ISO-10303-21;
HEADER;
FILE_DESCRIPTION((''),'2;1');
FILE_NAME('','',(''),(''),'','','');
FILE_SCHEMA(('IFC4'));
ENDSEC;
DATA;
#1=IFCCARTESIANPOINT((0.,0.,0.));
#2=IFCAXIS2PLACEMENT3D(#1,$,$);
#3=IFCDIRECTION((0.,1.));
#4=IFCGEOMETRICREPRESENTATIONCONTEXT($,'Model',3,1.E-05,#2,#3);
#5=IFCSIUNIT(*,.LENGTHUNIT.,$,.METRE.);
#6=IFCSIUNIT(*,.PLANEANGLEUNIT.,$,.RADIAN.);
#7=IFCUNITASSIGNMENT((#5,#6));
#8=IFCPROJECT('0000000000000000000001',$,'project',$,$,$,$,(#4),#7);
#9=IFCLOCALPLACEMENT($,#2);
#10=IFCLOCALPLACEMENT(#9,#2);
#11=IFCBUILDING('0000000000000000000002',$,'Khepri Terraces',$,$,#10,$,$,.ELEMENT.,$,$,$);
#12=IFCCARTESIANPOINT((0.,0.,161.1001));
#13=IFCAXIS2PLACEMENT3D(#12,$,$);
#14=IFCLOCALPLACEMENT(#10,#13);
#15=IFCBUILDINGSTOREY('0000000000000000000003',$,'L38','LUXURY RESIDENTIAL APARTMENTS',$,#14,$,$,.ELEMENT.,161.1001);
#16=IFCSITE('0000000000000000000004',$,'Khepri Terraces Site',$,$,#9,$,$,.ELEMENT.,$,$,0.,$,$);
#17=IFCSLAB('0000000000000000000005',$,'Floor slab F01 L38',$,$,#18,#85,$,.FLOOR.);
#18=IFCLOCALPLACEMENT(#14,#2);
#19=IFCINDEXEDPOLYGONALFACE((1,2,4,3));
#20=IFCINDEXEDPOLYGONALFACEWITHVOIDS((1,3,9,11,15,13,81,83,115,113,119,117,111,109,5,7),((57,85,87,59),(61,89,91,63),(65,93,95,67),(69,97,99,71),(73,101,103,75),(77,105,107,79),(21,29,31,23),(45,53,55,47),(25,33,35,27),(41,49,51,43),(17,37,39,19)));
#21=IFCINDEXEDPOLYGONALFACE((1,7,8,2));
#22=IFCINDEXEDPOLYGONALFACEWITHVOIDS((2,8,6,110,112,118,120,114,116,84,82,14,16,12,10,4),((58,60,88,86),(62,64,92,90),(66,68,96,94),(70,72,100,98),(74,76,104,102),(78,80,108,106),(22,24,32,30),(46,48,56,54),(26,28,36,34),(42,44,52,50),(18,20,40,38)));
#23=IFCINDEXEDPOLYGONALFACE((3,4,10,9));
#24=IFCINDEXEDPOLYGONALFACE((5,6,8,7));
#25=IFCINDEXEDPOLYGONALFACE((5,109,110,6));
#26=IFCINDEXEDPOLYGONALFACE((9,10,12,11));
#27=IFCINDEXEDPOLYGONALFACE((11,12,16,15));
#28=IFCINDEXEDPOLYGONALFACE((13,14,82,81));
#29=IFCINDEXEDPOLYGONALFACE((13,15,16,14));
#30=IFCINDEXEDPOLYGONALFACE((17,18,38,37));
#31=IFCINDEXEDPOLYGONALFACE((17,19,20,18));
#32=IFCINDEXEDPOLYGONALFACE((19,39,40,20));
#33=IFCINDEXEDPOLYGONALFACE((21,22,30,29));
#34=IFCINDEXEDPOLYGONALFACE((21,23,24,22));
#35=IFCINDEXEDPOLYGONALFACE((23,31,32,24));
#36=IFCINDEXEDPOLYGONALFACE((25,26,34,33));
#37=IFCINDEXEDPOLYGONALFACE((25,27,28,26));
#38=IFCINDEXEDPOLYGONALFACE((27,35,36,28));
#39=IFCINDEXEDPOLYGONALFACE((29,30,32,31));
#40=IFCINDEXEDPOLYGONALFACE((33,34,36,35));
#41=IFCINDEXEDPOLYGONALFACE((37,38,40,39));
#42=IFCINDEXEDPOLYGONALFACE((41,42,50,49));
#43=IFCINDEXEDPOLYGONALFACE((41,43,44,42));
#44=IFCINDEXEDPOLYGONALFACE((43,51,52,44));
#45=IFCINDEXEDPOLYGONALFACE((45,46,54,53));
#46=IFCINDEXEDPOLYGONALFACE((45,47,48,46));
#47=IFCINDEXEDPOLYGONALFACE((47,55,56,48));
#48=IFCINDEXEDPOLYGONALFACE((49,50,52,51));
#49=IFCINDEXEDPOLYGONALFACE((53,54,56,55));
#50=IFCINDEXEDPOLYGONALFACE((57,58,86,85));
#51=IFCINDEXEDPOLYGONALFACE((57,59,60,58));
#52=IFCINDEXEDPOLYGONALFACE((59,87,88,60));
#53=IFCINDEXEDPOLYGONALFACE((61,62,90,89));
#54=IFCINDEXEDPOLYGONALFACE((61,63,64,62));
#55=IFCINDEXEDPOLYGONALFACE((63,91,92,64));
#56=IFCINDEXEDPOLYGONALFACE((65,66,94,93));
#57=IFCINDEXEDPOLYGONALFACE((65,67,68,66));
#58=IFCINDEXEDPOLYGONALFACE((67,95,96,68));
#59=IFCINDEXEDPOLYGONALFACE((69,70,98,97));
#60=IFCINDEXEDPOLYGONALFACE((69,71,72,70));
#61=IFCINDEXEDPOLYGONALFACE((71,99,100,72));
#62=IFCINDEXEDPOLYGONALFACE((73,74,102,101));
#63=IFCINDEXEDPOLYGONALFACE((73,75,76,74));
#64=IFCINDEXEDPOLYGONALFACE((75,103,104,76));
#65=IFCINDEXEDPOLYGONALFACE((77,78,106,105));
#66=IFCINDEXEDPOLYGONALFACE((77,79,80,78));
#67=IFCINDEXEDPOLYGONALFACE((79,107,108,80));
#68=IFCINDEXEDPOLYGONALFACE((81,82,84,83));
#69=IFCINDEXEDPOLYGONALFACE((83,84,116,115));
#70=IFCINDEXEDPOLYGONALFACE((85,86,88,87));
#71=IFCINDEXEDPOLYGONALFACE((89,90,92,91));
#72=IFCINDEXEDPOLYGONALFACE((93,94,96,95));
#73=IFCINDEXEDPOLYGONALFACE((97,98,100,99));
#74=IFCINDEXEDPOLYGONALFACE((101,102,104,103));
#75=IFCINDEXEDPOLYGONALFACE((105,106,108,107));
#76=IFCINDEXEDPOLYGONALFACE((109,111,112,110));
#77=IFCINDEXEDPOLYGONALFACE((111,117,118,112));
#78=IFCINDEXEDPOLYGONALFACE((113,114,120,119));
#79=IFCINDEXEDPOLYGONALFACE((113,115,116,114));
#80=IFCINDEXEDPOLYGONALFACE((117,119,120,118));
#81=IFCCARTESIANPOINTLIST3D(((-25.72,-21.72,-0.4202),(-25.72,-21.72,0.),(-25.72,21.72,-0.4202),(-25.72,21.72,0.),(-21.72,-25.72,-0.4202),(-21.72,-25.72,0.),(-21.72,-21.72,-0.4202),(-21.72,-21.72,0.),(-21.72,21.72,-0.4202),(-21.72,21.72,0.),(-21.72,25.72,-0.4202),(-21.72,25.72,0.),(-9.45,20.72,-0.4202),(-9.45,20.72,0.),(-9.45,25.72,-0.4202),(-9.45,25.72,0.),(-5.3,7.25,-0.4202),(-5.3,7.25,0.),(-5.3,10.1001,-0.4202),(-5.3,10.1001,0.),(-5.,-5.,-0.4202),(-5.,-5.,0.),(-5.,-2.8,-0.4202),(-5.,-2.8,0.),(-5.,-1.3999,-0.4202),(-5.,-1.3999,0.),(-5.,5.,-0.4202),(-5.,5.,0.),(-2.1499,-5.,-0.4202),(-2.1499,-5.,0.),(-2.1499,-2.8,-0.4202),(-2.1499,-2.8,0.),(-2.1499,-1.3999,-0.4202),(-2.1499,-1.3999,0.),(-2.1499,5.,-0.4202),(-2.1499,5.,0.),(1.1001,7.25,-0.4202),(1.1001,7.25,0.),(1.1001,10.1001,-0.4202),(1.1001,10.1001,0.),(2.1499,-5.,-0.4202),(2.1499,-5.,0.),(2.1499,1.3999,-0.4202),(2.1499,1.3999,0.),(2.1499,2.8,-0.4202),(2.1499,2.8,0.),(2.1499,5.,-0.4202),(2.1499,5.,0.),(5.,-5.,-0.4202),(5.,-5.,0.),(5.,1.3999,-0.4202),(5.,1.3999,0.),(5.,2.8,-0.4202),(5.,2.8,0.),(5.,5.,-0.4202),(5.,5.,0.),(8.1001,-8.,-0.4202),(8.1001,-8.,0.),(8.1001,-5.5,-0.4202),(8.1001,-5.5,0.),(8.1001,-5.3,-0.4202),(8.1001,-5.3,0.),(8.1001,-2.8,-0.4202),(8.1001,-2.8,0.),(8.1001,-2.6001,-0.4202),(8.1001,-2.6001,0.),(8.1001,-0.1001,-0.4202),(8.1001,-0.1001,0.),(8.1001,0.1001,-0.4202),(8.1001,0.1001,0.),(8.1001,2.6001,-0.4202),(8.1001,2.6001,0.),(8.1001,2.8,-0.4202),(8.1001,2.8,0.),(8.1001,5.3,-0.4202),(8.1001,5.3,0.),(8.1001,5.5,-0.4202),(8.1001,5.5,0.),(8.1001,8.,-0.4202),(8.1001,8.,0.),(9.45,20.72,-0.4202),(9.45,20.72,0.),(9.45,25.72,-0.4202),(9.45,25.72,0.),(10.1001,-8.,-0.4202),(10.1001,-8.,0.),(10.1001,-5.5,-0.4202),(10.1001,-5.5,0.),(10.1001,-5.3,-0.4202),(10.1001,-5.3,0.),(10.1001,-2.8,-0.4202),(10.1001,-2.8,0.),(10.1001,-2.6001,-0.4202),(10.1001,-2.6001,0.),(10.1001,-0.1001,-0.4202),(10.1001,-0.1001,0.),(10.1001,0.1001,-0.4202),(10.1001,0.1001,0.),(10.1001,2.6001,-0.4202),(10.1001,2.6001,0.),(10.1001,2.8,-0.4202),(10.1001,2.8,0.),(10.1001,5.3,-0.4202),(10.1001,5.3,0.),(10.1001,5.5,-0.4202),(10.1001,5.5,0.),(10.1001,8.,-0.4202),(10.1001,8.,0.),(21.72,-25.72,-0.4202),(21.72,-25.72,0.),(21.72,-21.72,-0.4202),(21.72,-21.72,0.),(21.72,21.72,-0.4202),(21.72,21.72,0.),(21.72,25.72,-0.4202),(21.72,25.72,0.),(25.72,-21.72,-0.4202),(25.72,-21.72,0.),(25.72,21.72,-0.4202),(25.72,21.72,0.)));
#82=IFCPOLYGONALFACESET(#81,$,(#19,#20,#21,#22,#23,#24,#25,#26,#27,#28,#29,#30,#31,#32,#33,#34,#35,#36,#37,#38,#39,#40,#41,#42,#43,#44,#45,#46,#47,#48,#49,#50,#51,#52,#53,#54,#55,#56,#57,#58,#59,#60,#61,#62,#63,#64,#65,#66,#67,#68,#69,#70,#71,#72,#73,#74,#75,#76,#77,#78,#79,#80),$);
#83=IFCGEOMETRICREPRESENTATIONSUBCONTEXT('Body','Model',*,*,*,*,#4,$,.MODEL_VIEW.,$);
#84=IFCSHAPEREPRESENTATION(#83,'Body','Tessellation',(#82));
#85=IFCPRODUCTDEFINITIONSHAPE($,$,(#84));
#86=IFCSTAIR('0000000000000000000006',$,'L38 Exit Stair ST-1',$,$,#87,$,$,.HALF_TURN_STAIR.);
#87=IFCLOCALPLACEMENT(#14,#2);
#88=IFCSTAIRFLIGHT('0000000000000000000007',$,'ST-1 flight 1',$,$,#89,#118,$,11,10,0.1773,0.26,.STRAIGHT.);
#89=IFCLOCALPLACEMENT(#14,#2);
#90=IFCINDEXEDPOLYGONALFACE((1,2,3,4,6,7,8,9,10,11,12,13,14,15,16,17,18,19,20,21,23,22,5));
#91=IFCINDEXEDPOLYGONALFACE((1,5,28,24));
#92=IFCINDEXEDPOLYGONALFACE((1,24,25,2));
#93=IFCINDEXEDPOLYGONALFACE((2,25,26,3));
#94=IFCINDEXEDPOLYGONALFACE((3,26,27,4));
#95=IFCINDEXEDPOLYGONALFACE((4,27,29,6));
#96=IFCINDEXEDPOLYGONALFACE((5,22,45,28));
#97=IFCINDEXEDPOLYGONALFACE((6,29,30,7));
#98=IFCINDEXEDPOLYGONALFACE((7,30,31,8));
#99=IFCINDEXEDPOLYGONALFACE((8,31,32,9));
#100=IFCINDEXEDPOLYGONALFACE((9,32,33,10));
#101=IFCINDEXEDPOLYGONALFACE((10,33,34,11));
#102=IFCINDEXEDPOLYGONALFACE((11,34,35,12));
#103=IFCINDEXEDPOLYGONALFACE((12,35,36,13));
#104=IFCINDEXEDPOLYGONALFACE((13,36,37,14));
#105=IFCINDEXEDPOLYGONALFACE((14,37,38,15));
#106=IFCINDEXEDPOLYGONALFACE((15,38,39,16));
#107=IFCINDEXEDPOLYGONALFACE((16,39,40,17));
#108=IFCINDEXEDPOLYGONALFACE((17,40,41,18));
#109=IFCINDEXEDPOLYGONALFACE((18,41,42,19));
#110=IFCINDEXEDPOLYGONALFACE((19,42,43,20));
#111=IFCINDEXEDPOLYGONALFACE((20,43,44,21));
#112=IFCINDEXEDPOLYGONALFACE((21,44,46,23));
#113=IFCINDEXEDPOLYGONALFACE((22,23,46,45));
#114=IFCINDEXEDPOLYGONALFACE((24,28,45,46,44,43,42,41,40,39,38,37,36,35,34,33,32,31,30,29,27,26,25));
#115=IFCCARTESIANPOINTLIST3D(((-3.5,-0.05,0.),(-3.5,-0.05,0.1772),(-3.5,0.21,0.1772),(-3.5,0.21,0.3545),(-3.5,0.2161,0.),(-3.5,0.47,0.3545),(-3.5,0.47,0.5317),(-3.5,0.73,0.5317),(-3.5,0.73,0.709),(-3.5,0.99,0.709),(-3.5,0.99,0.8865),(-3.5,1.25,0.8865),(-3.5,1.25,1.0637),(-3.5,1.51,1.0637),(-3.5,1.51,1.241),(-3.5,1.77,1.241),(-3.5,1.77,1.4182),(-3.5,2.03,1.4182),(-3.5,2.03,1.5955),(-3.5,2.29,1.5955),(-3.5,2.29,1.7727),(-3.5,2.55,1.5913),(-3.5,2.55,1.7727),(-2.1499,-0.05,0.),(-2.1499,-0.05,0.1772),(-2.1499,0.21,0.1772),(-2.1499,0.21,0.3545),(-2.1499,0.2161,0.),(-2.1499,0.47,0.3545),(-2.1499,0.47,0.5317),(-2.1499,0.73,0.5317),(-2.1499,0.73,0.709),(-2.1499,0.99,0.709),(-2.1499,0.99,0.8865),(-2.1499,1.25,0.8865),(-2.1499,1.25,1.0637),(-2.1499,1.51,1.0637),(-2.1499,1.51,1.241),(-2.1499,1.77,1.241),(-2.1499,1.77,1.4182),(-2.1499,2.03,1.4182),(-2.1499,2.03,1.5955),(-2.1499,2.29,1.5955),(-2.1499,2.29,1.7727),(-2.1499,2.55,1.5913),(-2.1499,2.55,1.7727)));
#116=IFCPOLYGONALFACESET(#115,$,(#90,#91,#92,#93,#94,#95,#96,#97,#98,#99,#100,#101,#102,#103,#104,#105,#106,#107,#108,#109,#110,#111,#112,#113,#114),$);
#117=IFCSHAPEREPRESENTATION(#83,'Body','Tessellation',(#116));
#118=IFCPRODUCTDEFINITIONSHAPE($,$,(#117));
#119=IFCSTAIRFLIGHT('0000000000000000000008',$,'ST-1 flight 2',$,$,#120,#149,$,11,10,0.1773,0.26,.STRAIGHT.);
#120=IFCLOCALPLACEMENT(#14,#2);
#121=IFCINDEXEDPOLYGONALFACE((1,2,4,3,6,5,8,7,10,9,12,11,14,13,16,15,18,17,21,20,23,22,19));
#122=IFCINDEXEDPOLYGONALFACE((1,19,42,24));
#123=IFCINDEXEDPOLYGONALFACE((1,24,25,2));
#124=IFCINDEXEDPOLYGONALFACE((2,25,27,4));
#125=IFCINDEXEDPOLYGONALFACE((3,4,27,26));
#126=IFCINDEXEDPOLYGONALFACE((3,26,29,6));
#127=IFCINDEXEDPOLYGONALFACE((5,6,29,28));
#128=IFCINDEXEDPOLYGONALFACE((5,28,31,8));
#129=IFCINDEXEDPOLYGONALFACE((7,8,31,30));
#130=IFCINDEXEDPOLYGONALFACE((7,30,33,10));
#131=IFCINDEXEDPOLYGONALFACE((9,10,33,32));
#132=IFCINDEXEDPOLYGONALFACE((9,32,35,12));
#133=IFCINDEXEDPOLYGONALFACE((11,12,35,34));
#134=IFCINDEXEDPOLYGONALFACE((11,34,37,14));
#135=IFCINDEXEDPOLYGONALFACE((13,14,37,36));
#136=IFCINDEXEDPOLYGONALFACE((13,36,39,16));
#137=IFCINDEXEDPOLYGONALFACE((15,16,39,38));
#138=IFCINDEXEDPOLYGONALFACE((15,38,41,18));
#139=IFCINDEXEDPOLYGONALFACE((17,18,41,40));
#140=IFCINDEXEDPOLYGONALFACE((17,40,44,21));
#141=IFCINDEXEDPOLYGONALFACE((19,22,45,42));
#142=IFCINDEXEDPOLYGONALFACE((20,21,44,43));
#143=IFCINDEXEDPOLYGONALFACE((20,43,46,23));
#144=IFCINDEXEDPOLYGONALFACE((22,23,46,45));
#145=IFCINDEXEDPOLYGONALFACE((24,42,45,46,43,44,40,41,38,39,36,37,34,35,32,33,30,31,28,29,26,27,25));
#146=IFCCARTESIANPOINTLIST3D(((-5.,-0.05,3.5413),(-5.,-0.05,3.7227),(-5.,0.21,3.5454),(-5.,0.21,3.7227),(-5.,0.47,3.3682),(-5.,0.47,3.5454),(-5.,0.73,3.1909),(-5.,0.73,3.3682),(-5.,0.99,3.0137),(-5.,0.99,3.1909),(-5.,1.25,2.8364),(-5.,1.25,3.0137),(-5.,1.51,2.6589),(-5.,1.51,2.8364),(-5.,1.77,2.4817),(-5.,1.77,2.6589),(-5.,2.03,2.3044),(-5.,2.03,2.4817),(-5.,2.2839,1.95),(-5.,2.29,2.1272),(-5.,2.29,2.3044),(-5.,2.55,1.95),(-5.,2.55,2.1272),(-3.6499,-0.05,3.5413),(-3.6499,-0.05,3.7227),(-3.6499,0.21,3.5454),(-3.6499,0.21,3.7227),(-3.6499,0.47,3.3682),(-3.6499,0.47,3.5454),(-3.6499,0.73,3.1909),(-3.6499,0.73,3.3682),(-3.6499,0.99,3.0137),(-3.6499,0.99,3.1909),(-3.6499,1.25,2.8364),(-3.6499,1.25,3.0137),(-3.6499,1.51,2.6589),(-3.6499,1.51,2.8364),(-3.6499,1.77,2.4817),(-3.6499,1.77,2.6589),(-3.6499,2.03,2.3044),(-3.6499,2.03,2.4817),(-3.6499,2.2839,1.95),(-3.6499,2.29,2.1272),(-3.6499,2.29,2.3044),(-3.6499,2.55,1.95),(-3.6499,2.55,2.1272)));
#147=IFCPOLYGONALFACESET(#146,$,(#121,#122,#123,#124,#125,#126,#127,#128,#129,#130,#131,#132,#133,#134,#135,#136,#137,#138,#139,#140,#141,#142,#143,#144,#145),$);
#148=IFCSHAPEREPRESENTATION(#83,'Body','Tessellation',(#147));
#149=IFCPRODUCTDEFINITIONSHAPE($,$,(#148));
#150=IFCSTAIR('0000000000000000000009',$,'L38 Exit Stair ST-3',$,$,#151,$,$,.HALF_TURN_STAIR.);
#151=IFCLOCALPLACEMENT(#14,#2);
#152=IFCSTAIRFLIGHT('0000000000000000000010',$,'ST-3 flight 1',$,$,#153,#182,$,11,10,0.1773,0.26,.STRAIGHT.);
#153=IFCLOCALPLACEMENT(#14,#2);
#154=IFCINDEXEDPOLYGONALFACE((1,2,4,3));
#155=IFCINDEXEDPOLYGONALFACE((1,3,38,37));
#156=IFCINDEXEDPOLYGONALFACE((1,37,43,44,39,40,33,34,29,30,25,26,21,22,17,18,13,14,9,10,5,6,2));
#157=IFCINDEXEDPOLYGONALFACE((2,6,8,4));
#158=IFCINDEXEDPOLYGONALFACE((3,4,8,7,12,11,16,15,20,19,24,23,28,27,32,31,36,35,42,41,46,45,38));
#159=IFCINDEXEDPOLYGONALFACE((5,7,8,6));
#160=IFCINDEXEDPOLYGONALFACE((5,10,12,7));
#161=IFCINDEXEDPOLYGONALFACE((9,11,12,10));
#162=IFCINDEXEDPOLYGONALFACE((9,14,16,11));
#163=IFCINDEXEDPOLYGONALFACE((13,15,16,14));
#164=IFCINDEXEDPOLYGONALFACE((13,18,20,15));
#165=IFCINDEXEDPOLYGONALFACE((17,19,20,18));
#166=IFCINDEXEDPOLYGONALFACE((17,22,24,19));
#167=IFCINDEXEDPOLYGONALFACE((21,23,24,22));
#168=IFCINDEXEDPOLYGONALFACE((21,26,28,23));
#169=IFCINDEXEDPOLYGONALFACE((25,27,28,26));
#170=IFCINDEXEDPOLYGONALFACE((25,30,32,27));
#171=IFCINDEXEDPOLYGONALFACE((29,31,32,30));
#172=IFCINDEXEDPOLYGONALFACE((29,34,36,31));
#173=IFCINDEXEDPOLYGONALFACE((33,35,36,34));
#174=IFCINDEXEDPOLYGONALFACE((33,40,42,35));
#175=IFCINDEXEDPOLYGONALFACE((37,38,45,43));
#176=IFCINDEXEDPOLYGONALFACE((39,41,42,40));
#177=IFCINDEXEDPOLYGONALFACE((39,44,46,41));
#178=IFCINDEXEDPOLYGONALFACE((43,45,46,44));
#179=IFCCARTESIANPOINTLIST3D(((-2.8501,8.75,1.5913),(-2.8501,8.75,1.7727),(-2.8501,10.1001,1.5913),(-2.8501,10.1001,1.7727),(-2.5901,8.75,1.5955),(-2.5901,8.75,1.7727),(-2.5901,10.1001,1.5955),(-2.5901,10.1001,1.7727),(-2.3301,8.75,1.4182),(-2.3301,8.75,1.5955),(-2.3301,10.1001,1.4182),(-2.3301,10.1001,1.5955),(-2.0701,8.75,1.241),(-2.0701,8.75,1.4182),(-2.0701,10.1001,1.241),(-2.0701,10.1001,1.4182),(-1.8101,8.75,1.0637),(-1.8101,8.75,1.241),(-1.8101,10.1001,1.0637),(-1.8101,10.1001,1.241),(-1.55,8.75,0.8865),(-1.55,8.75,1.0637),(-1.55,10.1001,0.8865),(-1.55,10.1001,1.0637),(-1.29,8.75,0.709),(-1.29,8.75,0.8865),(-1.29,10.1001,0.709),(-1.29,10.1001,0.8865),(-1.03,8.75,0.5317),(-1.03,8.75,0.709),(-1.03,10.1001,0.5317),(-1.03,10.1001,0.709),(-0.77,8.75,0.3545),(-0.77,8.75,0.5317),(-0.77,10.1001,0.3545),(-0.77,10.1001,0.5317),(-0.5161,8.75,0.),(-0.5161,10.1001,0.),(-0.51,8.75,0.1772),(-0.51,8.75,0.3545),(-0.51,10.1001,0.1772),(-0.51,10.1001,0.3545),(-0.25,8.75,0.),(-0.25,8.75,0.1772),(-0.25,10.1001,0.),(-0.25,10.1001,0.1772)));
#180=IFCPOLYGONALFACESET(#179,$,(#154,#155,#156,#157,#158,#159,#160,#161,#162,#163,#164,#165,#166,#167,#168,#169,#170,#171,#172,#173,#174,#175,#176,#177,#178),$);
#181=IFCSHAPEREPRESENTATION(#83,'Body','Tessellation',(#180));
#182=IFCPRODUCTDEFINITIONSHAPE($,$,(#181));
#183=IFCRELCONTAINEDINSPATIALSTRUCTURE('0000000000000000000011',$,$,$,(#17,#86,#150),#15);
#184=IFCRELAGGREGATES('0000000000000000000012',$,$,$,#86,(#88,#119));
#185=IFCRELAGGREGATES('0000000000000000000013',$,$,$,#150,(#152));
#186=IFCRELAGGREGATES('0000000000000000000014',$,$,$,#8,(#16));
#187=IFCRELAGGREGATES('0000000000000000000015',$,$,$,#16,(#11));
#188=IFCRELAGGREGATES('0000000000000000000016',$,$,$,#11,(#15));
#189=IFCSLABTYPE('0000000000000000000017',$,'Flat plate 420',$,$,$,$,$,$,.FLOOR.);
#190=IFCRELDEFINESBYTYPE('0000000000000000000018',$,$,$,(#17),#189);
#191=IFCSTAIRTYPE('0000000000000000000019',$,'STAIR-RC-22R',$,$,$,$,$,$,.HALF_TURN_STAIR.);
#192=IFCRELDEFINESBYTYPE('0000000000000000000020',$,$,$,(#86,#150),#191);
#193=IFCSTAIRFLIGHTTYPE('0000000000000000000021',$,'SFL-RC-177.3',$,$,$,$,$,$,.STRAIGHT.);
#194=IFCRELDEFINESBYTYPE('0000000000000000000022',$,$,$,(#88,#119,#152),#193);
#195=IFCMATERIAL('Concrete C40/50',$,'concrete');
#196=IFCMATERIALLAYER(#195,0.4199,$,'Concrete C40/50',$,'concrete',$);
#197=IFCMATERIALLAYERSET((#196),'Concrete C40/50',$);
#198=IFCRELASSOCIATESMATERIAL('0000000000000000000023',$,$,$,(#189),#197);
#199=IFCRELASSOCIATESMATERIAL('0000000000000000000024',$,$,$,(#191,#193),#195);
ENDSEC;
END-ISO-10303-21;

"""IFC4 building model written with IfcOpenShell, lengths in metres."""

from ifc_helpers import new_model, si_unit, direction, frame, origin, place, context, subcontext, project, spatial, polyline, outline, extrude, material, layer, layer_set, type_object, element, aggregate, save


model = new_model("IFC4")

# Units and contexts
model_context = context("Model", 3, precision=1e-05, world=origin(), true_north=direction((0.0, 1.0)))
body_context = subcontext(model_context, "Body", "Model", "MODEL_VIEW")
ifc_project = project(units=[si_unit("LENGTHUNIT", "METRE"), si_unit("PLANEANGLEUNIT", "RADIAN")], contexts=[model_context])

# Site, building, storey
site_placement = place(None, origin())
site = spatial("IfcSite", under=ifc_project, at=site_placement, Name="Khepri Terraces Site", CompositionType="ELEMENT", RefElevation=0.0)
building_placement = place(site_placement, origin())
building = spatial("IfcBuilding", under=site, at=building_placement, Name="Khepri Terraces", CompositionType="ELEMENT")
storey_placement = place(building_placement, frame((0.0, 0.0, 161.1001)))
storey = spatial("IfcBuildingStorey", under=building, at=storey_placement, Name="L38", Description="LUXURY RESIDENTIAL APARTMENTS", CompositionType="ELEMENT", Elevation=161.1001)

# Slab
ifc_material_1 = material(Name="Concrete C40/50", Category="concrete")
ifc_layer = layer(ifc_material_1, 0.4199, Name="Concrete C40/50", Category="concrete")
ifc_layer_set = layer_set([ifc_layer], Name="Concrete C40/50")
slab_type = type_object("IfcSlabType", Name="Flat plate 420", PredefinedType="FLOOR", material=ifc_layer_set)
slab_placement = place(storey_placement, frame((0.0, 0.0, -0.4202)))
element("IfcSlab", 1, at=slab_placement, inside=storey, type_object=slab_type, Name="Floor slab F01 L38", PredefinedType="FLOOR", context=body_context, shape_type="SweptSolid", body=[
    extrude(outline(polyline([(9.45, 25.72), (21.72, 25.72), (21.72, 21.72), (25.72, 21.72), (25.72, -21.72), (21.72, -21.72), (21.72, -25.72), (-21.72, -25.72), (-21.72, -21.72), (-25.72, -21.72), (-25.72, 21.72), (-21.72, 21.72), (-21.72, 25.72), (-9.45, 25.72), (-9.45, 20.72), (9.45, 20.72), (9.45, 25.72)]), holes=[polyline([(2.1499, 2.8), (5.0, 2.8), (5.0, 5.0), (2.1499, 5.0), (2.1499, 2.8)]), polyline([(-5.0, -2.8), (-5.0, -5.0), (-2.1499, -5.0), (-2.1499, -2.8), (-5.0, -2.8)]), polyline([(10.1001, -5.5), (8.1001, -5.5), (8.1001, -8.0), (10.1001, -8.0), (10.1001, -5.5)]), polyline([(10.1001, -5.3), (10.1001, -2.8), (8.1001, -2.8), (8.1001, -5.3), (10.1001, -5.3)]), polyline([(8.1001, -2.6001), (10.1001, -2.6001), (10.1001, -0.1001), (8.1001, -0.1001), (8.1001, -2.6001)]), polyline([(8.1001, 2.6001), (8.1001, 0.1001), (10.1001, 0.1001), (10.1001, 2.6001), (8.1001, 2.6001)]), polyline([(10.1001, 5.3), (8.1001, 5.3), (8.1001, 2.8), (10.1001, 2.8), (10.1001, 5.3)]), polyline([(10.1001, 5.5), (10.1001, 8.0), (8.1001, 8.0), (8.1001, 5.5), (10.1001, 5.5)]), polyline([(-5.0, -1.3999), (-2.1499, -1.3999), (-2.1499, 5.0), (-5.0, 5.0), (-5.0, -1.3999)]), polyline([(5.0, -5.0), (5.0, 1.3999), (2.1499, 1.3999), (2.1499, -5.0), (5.0, -5.0)]), polyline([(-5.3, 10.1001), (-5.3, 7.25), (1.1001, 7.25), (1.1001, 10.1001), (-5.3, 10.1001)])]), origin(), (0.0, 0.0, 1.0), 0.4202),
])

# Stairs, stair flights
stair_type = type_object("IfcStairType", Name="STAIR-RC-22R", PredefinedType="HALF_TURN_STAIR", material=ifc_material_1)
stair_1_placement = place(storey_placement, origin())
stair_1 = element("IfcStair", 2, at=stair_1_placement, inside=storey, type_object=stair_type, Name="L38 Exit Stair ST-1", PredefinedType="HALF_TURN_STAIR")
stair_flight_type = type_object("IfcStairFlightType", Name="SFL-RC-177.3", PredefinedType="STRAIGHT", material=ifc_material_1)
stair_flight_1_placement = place(storey_placement, frame((-2.825, -0.05, 0.0), z_axis=(0.0, 0.0, 1.0), x_axis=(0.0, 1.0, 0.0)))
stair_flight_1 = element("IfcStairFlight", 3, at=stair_flight_1_placement, type_object=stair_flight_type, Name="ST-1 flight 1", NumberOfRisers=11, NumberOfTreads=10, PredefinedType="STRAIGHT", RiserHeight=0.1773, TreadLength=0.26, context=body_context, shape_type="SweptSolid", body=[
    extrude(outline(polyline([(0.0, 0.0), (0.0, 0.1772), (0.26, 0.1772), (0.26, 0.3545), (0.52, 0.3545), (0.52, 0.5317), (0.78, 0.5317), (0.78, 0.709), (1.04, 0.709), (1.04, 0.8865), (1.3, 0.8865), (1.3, 1.0637), (1.5601, 1.0637), (1.5601, 1.241), (1.8201, 1.241), (1.8201, 1.4182), (2.0801, 1.4182), (2.0801, 1.5955), (2.3401, 1.5955), (2.3401, 1.7727), (2.6001, 1.7727), (2.6001, 1.95), (2.6001, 1.5913), (0.2661, 0.0), (0.0, 0.0)])), frame((0.0, 0.675, 0.0), z_axis=(0.0, -1.0, 0.0), x_axis=(1.0, 0.0, 0.0)), (0.0, 0.0, 1.0), 1.3501),
])
stair_flight_2_placement = place(storey_placement, frame((-4.325, 2.55, 1.95), z_axis=(0.0, 0.0, 1.0), x_axis=(0.0, -1.0, 0.0)))
stair_flight_2 = element("IfcStairFlight", 4, at=stair_flight_2_placement, type_object=stair_flight_type, Name="ST-1 flight 2", NumberOfRisers=11, NumberOfTreads=10, PredefinedType="STRAIGHT", RiserHeight=0.1773, TreadLength=0.26, context=body_context, shape_type="SweptSolid", body=[
    extrude(outline(polyline([(0.0, 0.0), (0.0, 0.1772), (0.26, 0.1772), (0.26, 0.3545), (0.52, 0.3545), (0.52, 0.5317), (0.78, 0.5317), (0.78, 0.709), (1.04, 0.709), (1.04, 0.8865), (1.3, 0.8865), (1.3, 1.0637), (1.5601, 1.0637), (1.5601, 1.241), (1.8201, 1.241), (1.8201, 1.4182), (2.0801, 1.4182), (2.0801, 1.5955), (2.3401, 1.5955), (2.3401, 1.7727), (2.6001, 1.7727), (2.6001, 1.95), (2.6001, 1.5913), (0.2661, 0.0), (0.0, 0.0)])), frame((0.0, 0.675, 0.0), z_axis=(0.0, -1.0, 0.0), x_axis=(1.0, 0.0, 0.0)), (0.0, 0.0, 1.0), 1.3501),
])
aggregate(stair_1, [stair_flight_1, stair_flight_2])
stair_2_placement = place(storey_placement, origin())
stair_2 = element("IfcStair", 5, at=stair_2_placement, inside=storey, type_object=stair_type, Name="L38 Exit Stair ST-3", PredefinedType="HALF_TURN_STAIR")
stair_flight_3_placement = place(storey_placement, frame((-0.25, 9.425, 0.0), z_axis=(0.0, 0.0, 1.0), x_axis=(-1.0, 0.0, 0.0)))
stair_flight_3 = element("IfcStairFlight", 6, at=stair_flight_3_placement, type_object=stair_flight_type, Name="ST-3 flight 1", NumberOfRisers=11, NumberOfTreads=10, PredefinedType="STRAIGHT", RiserHeight=0.1773, TreadLength=0.26, context=body_context, shape_type="SweptSolid", body=[
    extrude(outline(polyline([(0.0, 0.0), (0.0, 0.1772), (0.26, 0.1772), (0.26, 0.3545), (0.52, 0.3545), (0.52, 0.5317), (0.78, 0.5317), (0.78, 0.709), (1.04, 0.709), (1.04, 0.8865), (1.3, 0.8865), (1.3, 1.0637), (1.5601, 1.0637), (1.5601, 1.241), (1.8201, 1.241), (1.8201, 1.4182), (2.0801, 1.4182), (2.0801, 1.5955), (2.3401, 1.5955), (2.3401, 1.7727), (2.6001, 1.7727), (2.6001, 1.95), (2.6001, 1.5913), (0.2661, 0.0), (0.0, 0.0)])), frame((0.0, 0.675, 0.0), z_axis=(0.0, -1.0, 0.0), x_axis=(1.0, 0.0, 0.0)), (0.0, 0.0, 1.0), 1.3501),
])
aggregate(stair_2, [stair_flight_3])

save(model, "model.ifc")
